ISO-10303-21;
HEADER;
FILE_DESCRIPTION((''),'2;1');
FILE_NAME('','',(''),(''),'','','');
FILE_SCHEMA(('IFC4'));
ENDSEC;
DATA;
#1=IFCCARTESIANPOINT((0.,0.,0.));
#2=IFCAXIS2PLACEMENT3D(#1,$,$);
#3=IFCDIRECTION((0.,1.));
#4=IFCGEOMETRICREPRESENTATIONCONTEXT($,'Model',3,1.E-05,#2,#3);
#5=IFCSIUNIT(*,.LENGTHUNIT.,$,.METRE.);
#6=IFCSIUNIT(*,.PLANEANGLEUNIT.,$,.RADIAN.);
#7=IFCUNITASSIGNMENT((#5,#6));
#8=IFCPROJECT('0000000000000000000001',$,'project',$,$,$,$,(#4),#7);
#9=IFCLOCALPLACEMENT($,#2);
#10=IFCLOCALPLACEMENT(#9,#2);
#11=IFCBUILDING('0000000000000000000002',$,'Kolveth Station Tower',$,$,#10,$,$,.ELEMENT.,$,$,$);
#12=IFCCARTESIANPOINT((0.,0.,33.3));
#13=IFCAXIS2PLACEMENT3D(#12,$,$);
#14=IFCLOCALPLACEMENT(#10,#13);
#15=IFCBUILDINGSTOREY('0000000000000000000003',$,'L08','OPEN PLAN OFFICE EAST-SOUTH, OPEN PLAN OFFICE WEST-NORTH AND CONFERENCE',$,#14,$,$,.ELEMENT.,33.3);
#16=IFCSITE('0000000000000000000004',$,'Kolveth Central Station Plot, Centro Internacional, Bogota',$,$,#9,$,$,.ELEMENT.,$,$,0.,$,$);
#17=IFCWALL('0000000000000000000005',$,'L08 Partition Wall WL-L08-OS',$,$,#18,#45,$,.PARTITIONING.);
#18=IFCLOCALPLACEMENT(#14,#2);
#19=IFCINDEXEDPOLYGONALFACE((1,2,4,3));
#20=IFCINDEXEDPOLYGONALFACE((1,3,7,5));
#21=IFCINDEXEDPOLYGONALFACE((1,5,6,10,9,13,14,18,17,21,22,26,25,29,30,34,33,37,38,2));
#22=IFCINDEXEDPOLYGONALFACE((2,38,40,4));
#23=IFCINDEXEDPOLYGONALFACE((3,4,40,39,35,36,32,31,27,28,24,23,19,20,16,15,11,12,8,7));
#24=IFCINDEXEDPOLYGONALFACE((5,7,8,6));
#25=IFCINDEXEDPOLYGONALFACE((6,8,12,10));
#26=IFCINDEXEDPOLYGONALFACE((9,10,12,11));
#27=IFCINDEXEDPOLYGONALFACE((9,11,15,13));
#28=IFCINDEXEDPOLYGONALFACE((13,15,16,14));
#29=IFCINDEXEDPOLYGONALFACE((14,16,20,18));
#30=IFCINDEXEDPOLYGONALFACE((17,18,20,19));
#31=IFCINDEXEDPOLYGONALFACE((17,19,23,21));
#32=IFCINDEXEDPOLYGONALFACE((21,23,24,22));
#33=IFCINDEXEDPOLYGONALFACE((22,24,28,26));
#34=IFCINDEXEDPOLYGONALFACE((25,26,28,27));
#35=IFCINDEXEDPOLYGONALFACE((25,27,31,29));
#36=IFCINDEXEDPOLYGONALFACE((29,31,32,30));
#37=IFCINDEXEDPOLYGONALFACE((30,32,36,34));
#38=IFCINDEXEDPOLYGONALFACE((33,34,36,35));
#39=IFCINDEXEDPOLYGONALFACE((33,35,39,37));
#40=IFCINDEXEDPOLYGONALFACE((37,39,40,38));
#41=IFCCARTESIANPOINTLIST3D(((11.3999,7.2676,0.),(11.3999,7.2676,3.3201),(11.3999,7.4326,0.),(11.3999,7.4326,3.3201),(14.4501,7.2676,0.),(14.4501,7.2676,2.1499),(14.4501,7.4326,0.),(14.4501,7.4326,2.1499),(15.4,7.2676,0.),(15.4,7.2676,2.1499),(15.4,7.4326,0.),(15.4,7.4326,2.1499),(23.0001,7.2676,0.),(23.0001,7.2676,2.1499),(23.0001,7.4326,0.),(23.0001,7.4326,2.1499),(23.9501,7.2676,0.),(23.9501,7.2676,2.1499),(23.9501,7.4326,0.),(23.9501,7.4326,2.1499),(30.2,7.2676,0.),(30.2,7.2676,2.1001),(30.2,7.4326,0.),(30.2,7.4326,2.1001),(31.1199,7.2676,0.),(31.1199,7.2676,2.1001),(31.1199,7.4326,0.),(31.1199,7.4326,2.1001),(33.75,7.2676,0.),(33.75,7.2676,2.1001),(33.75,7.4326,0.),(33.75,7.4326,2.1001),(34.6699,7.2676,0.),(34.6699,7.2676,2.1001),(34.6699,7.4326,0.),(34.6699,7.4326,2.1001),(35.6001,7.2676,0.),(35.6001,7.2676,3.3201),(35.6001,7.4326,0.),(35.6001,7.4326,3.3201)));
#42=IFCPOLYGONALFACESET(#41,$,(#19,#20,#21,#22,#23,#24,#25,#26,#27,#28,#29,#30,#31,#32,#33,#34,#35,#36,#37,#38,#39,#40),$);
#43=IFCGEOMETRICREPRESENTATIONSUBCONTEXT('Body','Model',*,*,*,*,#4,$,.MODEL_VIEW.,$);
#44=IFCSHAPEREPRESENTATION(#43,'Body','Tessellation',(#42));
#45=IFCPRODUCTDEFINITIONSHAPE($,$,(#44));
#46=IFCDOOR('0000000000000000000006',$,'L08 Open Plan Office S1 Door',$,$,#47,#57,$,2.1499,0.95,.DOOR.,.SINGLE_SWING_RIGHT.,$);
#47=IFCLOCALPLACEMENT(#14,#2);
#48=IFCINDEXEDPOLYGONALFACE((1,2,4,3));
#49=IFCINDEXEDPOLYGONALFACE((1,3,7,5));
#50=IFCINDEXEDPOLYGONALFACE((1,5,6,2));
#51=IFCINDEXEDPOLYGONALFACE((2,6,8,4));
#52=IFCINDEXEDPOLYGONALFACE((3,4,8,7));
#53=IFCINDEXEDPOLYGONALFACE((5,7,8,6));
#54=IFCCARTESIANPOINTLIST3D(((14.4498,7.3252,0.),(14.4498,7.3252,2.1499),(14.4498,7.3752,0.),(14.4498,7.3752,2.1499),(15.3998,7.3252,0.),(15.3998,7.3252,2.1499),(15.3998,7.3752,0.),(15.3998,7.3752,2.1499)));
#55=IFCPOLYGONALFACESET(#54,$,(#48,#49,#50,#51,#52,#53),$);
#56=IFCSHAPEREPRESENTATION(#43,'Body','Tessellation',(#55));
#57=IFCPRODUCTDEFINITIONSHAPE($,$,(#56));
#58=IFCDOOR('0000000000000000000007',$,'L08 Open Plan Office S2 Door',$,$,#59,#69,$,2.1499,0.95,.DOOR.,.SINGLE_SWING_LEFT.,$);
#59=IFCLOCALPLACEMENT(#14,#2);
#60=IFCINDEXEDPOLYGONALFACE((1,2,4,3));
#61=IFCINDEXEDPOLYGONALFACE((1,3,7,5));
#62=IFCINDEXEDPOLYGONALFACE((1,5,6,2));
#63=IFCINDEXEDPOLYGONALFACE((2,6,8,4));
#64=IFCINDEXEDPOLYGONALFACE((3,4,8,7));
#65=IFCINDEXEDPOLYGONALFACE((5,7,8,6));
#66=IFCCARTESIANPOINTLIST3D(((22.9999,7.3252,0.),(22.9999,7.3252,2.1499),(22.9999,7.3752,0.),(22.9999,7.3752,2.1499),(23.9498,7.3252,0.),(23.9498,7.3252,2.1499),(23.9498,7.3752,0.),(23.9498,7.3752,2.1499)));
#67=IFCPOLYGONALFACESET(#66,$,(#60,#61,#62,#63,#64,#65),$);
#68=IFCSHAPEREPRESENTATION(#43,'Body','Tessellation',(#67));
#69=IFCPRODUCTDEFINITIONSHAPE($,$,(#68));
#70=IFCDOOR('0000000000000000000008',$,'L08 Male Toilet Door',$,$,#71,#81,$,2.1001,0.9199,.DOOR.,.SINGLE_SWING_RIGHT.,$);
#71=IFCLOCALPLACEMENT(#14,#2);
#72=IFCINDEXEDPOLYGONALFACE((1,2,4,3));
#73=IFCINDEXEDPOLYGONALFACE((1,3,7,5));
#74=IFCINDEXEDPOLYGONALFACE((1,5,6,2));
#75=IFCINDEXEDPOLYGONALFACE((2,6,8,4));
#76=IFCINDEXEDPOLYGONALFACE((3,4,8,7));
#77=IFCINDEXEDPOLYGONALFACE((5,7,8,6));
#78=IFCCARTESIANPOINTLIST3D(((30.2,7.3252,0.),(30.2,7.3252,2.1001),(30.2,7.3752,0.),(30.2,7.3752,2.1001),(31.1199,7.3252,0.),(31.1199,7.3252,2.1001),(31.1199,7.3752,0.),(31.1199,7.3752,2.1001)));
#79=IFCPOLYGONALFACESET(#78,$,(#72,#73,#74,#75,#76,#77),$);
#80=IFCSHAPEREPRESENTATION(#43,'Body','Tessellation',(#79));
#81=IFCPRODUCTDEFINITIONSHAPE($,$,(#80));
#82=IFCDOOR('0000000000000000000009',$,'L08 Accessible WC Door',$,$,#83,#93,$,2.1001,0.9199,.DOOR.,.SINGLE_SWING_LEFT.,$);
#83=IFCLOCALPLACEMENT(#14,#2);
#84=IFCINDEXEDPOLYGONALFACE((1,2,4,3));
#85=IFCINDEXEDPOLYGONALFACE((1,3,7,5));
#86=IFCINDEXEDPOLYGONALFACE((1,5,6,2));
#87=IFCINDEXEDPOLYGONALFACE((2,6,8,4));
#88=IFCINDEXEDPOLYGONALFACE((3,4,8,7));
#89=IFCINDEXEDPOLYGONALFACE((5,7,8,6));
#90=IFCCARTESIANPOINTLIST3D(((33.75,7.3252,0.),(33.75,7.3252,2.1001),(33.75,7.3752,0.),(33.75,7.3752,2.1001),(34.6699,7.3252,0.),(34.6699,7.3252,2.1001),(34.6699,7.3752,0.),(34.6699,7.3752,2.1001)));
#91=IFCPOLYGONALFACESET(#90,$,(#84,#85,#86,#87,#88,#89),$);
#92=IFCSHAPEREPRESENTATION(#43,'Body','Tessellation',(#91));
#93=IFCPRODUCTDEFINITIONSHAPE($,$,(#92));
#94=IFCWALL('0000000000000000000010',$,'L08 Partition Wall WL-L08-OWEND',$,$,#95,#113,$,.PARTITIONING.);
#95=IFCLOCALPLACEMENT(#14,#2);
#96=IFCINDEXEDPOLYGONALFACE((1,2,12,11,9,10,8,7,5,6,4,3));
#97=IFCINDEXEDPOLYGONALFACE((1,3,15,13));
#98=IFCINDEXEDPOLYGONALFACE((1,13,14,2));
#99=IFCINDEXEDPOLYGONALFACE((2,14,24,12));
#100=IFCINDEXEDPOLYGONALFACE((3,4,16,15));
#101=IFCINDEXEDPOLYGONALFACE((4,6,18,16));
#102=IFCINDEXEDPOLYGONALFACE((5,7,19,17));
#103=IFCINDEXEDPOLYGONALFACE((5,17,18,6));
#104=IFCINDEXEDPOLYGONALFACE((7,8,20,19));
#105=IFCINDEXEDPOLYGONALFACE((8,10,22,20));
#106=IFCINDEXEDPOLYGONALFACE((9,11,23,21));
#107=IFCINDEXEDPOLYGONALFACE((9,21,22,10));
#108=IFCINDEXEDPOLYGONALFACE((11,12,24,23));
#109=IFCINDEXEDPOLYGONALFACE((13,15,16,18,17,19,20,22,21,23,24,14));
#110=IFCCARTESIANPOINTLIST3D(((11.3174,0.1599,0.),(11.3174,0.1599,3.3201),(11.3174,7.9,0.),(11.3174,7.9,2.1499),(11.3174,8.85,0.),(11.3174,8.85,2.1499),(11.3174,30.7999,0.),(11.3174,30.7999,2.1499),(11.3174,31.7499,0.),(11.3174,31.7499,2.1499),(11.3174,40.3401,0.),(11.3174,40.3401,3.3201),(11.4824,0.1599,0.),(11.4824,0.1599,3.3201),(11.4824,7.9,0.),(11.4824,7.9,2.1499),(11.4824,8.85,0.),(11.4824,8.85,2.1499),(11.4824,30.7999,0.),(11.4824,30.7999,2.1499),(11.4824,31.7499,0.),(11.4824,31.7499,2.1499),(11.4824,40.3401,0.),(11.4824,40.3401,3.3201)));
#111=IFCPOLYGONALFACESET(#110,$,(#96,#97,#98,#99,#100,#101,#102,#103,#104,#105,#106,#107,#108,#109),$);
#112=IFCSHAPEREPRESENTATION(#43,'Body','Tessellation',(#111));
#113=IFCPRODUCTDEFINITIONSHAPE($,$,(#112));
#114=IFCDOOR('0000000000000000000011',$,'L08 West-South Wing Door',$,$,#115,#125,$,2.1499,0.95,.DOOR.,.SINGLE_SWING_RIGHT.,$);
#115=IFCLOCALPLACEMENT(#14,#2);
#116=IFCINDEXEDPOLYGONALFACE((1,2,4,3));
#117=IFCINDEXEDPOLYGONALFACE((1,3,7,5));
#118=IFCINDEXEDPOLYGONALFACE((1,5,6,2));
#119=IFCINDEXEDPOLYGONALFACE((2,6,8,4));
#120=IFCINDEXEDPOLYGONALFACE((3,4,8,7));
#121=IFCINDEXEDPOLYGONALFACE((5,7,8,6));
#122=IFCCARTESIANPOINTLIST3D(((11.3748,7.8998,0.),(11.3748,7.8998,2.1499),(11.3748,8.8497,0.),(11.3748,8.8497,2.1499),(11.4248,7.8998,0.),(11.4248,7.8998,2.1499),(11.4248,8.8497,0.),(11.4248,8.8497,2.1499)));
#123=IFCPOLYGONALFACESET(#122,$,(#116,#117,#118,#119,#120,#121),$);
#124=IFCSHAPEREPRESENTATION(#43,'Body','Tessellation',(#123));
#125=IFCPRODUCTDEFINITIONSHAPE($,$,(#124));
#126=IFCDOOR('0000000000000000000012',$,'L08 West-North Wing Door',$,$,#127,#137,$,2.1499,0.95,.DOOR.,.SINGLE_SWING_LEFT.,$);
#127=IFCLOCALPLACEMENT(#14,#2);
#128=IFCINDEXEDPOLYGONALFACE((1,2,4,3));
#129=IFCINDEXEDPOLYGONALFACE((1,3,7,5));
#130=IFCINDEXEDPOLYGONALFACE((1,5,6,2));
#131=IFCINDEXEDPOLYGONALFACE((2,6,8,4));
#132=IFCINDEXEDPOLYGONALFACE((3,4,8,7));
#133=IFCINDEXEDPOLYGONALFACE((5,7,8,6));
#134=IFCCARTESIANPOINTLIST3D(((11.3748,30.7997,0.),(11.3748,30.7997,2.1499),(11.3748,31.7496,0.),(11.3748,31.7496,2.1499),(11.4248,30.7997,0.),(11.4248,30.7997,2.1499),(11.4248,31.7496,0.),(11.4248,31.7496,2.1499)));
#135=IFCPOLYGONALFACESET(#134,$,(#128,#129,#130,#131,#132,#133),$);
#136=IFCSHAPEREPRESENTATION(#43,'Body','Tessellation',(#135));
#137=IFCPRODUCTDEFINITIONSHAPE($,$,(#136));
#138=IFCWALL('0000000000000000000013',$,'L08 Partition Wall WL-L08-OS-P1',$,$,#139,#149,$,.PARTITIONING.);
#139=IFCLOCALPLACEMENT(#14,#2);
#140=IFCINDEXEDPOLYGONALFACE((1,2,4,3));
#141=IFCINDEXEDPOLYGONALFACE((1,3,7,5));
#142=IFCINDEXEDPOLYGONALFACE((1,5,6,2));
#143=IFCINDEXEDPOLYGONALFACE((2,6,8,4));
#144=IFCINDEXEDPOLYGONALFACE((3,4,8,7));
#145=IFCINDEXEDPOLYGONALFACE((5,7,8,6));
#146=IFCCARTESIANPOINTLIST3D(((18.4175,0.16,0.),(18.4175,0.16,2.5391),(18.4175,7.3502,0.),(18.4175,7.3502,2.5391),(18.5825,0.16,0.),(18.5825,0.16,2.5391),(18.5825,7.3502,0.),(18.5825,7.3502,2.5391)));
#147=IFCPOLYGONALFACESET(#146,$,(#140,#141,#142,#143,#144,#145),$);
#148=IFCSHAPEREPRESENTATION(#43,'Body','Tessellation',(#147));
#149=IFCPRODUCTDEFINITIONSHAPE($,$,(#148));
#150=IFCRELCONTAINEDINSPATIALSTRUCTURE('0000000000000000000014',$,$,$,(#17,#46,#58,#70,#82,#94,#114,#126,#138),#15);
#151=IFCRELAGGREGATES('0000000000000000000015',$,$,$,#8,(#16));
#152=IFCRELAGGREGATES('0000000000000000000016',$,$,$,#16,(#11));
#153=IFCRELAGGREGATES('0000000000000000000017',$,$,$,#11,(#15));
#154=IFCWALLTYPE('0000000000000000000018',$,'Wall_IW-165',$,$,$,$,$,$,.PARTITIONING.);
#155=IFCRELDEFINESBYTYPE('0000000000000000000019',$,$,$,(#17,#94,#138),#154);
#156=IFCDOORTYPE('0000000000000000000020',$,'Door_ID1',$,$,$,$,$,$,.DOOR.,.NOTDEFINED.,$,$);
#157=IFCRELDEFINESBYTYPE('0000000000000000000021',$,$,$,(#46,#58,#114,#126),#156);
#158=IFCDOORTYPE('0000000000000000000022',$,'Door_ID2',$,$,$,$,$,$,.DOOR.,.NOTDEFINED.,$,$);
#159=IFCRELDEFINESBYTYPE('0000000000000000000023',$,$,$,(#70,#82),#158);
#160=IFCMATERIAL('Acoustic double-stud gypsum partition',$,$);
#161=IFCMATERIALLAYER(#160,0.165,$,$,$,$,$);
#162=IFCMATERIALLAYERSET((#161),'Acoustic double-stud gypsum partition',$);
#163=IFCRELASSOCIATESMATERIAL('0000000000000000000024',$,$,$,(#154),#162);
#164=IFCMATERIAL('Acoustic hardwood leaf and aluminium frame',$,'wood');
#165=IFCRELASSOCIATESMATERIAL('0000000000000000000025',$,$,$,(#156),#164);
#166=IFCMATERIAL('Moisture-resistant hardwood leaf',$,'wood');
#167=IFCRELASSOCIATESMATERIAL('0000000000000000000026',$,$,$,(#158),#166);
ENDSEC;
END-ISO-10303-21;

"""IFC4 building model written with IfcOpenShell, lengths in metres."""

from ifc_helpers import new_model, si_unit, direction, frame, frame_2d, origin, place, context, subcontext, project, spatial, rectangle, extrude, material, layer, layer_set, type_object, element, fill, save


model = new_model("IFC4")

# Units and contexts
model_context = context("Model", 3, precision=1e-05, world=origin(), true_north=direction((0.0, 1.0)))
body_context = subcontext(model_context, "Body", "Model", "MODEL_VIEW")
ifc_project = project(units=[si_unit("LENGTHUNIT", "METRE"), si_unit("PLANEANGLEUNIT", "RADIAN")], contexts=[model_context])

# Site, building, storey
site_placement = place(None, origin())
site = spatial("IfcSite", under=ifc_project, at=site_placement, Name="Kolveth Central Station Plot, Centro Internacional, Bogota", CompositionType="ELEMENT", RefElevation=0.0)
building_placement = place(site_placement, origin())
building = spatial("IfcBuilding", under=site, at=building_placement, Name="Kolveth Station Tower", CompositionType="ELEMENT")
storey_placement = place(building_placement, frame((0.0, 0.0, 33.3)))
storey = spatial("IfcBuildingStorey", under=building, at=storey_placement, Name="L08", Description="OPEN PLAN OFFICE EAST-SOUTH, OPEN PLAN OFFICE WEST-NORTH AND CONFERENCE", CompositionType="ELEMENT", Elevation=33.3)

# Walls, openings, doors
ifc_material_1 = material(Name="Acoustic double-stud gypsum partition")
ifc_layer_1 = layer(ifc_material_1, 0.165)
ifc_layer_set_1 = layer_set([ifc_layer_1], Name="Acoustic double-stud gypsum partition")
wall_type = type_object("IfcWallType", Name="Wall_IW-165", PredefinedType="PARTITIONING", material=ifc_layer_set_1)
wall_1_placement = place(storey_placement, frame((11.3999, 7.3501, 0.0), z_axis=(0.0, 0.0, 1.0), x_axis=(1.0, 0.0, 0.0)))
wall_1 = element("IfcWall", 1, at=wall_1_placement, inside=storey, type_object=wall_type, Name="L08 Partition Wall WL-L08-OS", PredefinedType="PARTITIONING", context=body_context, shape_type="SweptSolid", body=[
    extrude(rectangle(XDim=24.2002, YDim=0.165, at=frame_2d((12.1001, 0.0))), origin(), (0.0, 0.0, 1.0), 3.3201),
])
opening_1_placement = place(wall_1_placement, frame((3.05, 0.0, 0.0)))
opening_1 = element("IfcOpeningElement", 2, at=opening_1_placement, cuts=wall_1, PredefinedType="OPENING", context=body_context, shape_type="SweptSolid", body=[
    extrude(rectangle(XDim=0.95, YDim=2.1499, at=frame_2d((0.4751, 1.075))), frame((0.0, 0.0925, 0.0), z_axis=(0.0, -1.0, 0.0), x_axis=(1.0, 0.0, 0.0)), (0.0, 0.0, 1.0), 0.1851),
])
opening_2_placement = place(wall_1_placement, frame((11.6001, 0.0, 0.0)))
opening_2 = element("IfcOpeningElement", 3, at=opening_2_placement, cuts=wall_1, PredefinedType="OPENING", context=body_context, shape_type="SweptSolid", body=[
    extrude(rectangle(XDim=0.95, YDim=2.1499, at=frame_2d((0.4751, 1.075))), frame((0.0, 0.0925, 0.0), z_axis=(0.0, -1.0, 0.0), x_axis=(1.0, 0.0, 0.0)), (0.0, 0.0, 1.0), 0.1851),
])
opening_3_placement = place(wall_1_placement, frame((18.8, 0.0, 0.0)))
opening_3 = element("IfcOpeningElement", 4, at=opening_3_placement, cuts=wall_1, PredefinedType="OPENING", context=body_context, shape_type="SweptSolid", body=[
    extrude(rectangle(XDim=0.9199, YDim=2.1001, at=frame_2d((0.46, 1.05))), frame((0.0, 0.0925, 0.0), z_axis=(0.0, -1.0, 0.0), x_axis=(1.0, 0.0, 0.0)), (0.0, 0.0, 1.0), 0.1851),
])
opening_4_placement = place(wall_1_placement, frame((22.3501, 0.0, 0.0)))
opening_4 = element("IfcOpeningElement", 5, at=opening_4_placement, cuts=wall_1, PredefinedType="OPENING", context=body_context, shape_type="SweptSolid", body=[
    extrude(rectangle(XDim=0.9199, YDim=2.1001, at=frame_2d((0.46, 1.05))), frame((0.0, 0.0925, 0.0), z_axis=(0.0, -1.0, 0.0), x_axis=(1.0, 0.0, 0.0)), (0.0, 0.0, 1.0), 0.1851),
])
ifc_material_2 = material(Name="Acoustic hardwood leaf and aluminium frame", Category="wood")
door_type_1 = type_object("IfcDoorType", Name="Door_ID1", OperationType="NOTDEFINED", PredefinedType="DOOR", material=ifc_material_2)
door_1_placement = place(opening_1_placement, frame((0.95, 0.0, 0.0), z_axis=(0.0, 0.0, 1.0), x_axis=(-1.0, 0.0, 0.0)))
door_1 = element("IfcDoor", 6, at=door_1_placement, inside=storey, type_object=door_type_1, Name="L08 Open Plan Office S1 Door", OperationType="SINGLE_SWING_RIGHT", OverallHeight=2.1499, OverallWidth=0.95, PredefinedType="DOOR", context=body_context, shape_type="SweptSolid", body=[
    extrude(rectangle(XDim=0.95, YDim=2.1499, at=frame_2d((0.4751, 1.075))), frame((0.0, 0.0249, 0.0), z_axis=(0.0, -1.0, 0.0), x_axis=(1.0, 0.0, 0.0)), (0.0, 0.0, 1.0), 0.05),
])
fill(opening_1, door_1)
door_2_placement = place(opening_2_placement, frame((0.95, 0.0, 0.0), z_axis=(0.0, 0.0, 1.0), x_axis=(-1.0, 0.0, 0.0)))
door_2 = element("IfcDoor", 7, at=door_2_placement, inside=storey, type_object=door_type_1, Name="L08 Open Plan Office S2 Door", OperationType="SINGLE_SWING_LEFT", OverallHeight=2.1499, OverallWidth=0.95, PredefinedType="DOOR", context=body_context, shape_type="SweptSolid", body=[
    extrude(rectangle(XDim=0.95, YDim=2.1499, at=frame_2d((0.4751, 1.075))), frame((0.0, 0.0249, 0.0), z_axis=(0.0, -1.0, 0.0), x_axis=(1.0, 0.0, 0.0)), (0.0, 0.0, 1.0), 0.05),
])
fill(opening_2, door_2)
ifc_material_3 = material(Name="Moisture-resistant hardwood leaf", Category="wood")
door_type_2 = type_object("IfcDoorType", Name="Door_ID2", OperationType="NOTDEFINED", PredefinedType="DOOR", material=ifc_material_3)
door_3_placement = place(opening_3_placement, frame((0.9199, 0.0, 0.0), z_axis=(0.0, 0.0, 1.0), x_axis=(-1.0, 0.0, 0.0)))
door_3 = element("IfcDoor", 8, at=door_3_placement, inside=storey, type_object=door_type_2, Name="L08 Male Toilet Door", OperationType="SINGLE_SWING_RIGHT", OverallHeight=2.1001, OverallWidth=0.9199, PredefinedType="DOOR", context=body_context, shape_type="SweptSolid", body=[
    extrude(rectangle(XDim=0.9199, YDim=2.1001, at=frame_2d((0.46, 1.05))), frame((0.0, 0.0249, 0.0), z_axis=(0.0, -1.0, 0.0), x_axis=(1.0, 0.0, 0.0)), (0.0, 0.0, 1.0), 0.05),
])
fill(opening_3, door_3)
door_4_placement = place(opening_4_placement, frame((0.9199, 0.0, 0.0), z_axis=(0.0, 0.0, 1.0), x_axis=(-1.0, 0.0, 0.0)))
door_4 = element("IfcDoor", 9, at=door_4_placement, inside=storey, type_object=door_type_2, Name="L08 Accessible WC Door", OperationType="SINGLE_SWING_LEFT", OverallHeight=2.1001, OverallWidth=0.9199, PredefinedType="DOOR", context=body_context, shape_type="SweptSolid", body=[
    extrude(rectangle(XDim=0.9199, YDim=2.1001, at=frame_2d((0.46, 1.05))), frame((0.0, 0.0249, 0.0), z_axis=(0.0, -1.0, 0.0), x_axis=(1.0, 0.0, 0.0)), (0.0, 0.0, 1.0), 0.05),
])
fill(opening_4, door_4)
wall_2_placement = place(storey_placement, frame((11.3999, 0.1599, 0.0), z_axis=(0.0, 0.0, 1.0), x_axis=(0.0, 1.0, 0.0)))
wall_2 = element("IfcWall", 10, at=wall_2_placement, inside=storey, type_object=wall_type, Name="L08 Partition Wall WL-L08-OWEND", PredefinedType="PARTITIONING", context=body_context, shape_type="SweptSolid", body=[
    extrude(rectangle(XDim=40.1802, YDim=0.165, at=frame_2d((20.0901, 0.0))), origin(), (0.0, 0.0, 1.0), 3.3201),
])
opening_5_placement = place(wall_2_placement, frame((7.74, 0.0, 0.0)))
opening_5 = element("IfcOpeningElement", 11, at=opening_5_placement, cuts=wall_2, PredefinedType="OPENING", context=body_context, shape_type="SweptSolid", body=[
    extrude(rectangle(XDim=0.95, YDim=2.1499, at=frame_2d((0.4751, 1.075))), frame((0.0, 0.0925, 0.0), z_axis=(0.0, -1.0, 0.0), x_axis=(1.0, 0.0, 0.0)), (0.0, 0.0, 1.0), 0.1851),
])
opening_6_placement = place(wall_2_placement, frame((30.6399, 0.0, 0.0)))
opening_6 = element("IfcOpeningElement", 12, at=opening_6_placement, cuts=wall_2, PredefinedType="OPENING", context=body_context, shape_type="SweptSolid", body=[
    extrude(rectangle(XDim=0.95, YDim=2.1499, at=frame_2d((0.4751, 1.075))), frame((0.0, 0.0925, 0.0), z_axis=(0.0, -1.0, 0.0), x_axis=(1.0, 0.0, 0.0)), (0.0, 0.0, 1.0), 0.1851),
])
door_5_placement = place(opening_5_placement, frame((0.95, 0.0, 0.0), z_axis=(0.0, 0.0, 1.0), x_axis=(-1.0, 0.0, 0.0)))
door_5 = element("IfcDoor", 13, at=door_5_placement, inside=storey, type_object=door_type_1, Name="L08 West-South Wing Door", OperationType="SINGLE_SWING_RIGHT", OverallHeight=2.1499, OverallWidth=0.95, PredefinedType="DOOR", context=body_context, shape_type="SweptSolid", body=[
    extrude(rectangle(XDim=0.95, YDim=2.1499, at=frame_2d((0.4751, 1.075))), frame((0.0, 0.0249, 0.0), z_axis=(0.0, -1.0, 0.0), x_axis=(1.0, 0.0, 0.0)), (0.0, 0.0, 1.0), 0.05),
])
fill(opening_5, door_5)
door_6_placement = place(opening_6_placement, frame((0.95, 0.0, 0.0), z_axis=(0.0, 0.0, 1.0), x_axis=(-1.0, 0.0, 0.0)))
door_6 = element("IfcDoor", 14, at=door_6_placement, inside=storey, type_object=door_type_1, Name="L08 West-North Wing Door", OperationType="SINGLE_SWING_LEFT", OverallHeight=2.1499, OverallWidth=0.95, PredefinedType="DOOR", context=body_context, shape_type="SweptSolid", body=[
    extrude(rectangle(XDim=0.95, YDim=2.1499, at=frame_2d((0.4751, 1.075))), frame((0.0, 0.0249, 0.0), z_axis=(0.0, -1.0, 0.0), x_axis=(1.0, 0.0, 0.0)), (0.0, 0.0, 1.0), 0.05),
])
fill(opening_6, door_6)

# Wall
wall_3_placement = place(storey_placement, frame((18.5, 0.1599, 0.0), z_axis=(0.0, 0.0, 1.0), x_axis=(0.0, 1.0, 0.0)))
element("IfcWall", 15, at=wall_3_placement, inside=storey, type_object=wall_type, Name="L08 Partition Wall WL-L08-OS-P1", PredefinedType="PARTITIONING", context=body_context, shape_type="SweptSolid", body=[
    extrude(rectangle(XDim=7.1902, YDim=0.165, at=frame_2d((3.5952, 0.0))), origin(), (0.0, 0.0, 1.0), 2.5391),
])

save(model, "model.ifc")
